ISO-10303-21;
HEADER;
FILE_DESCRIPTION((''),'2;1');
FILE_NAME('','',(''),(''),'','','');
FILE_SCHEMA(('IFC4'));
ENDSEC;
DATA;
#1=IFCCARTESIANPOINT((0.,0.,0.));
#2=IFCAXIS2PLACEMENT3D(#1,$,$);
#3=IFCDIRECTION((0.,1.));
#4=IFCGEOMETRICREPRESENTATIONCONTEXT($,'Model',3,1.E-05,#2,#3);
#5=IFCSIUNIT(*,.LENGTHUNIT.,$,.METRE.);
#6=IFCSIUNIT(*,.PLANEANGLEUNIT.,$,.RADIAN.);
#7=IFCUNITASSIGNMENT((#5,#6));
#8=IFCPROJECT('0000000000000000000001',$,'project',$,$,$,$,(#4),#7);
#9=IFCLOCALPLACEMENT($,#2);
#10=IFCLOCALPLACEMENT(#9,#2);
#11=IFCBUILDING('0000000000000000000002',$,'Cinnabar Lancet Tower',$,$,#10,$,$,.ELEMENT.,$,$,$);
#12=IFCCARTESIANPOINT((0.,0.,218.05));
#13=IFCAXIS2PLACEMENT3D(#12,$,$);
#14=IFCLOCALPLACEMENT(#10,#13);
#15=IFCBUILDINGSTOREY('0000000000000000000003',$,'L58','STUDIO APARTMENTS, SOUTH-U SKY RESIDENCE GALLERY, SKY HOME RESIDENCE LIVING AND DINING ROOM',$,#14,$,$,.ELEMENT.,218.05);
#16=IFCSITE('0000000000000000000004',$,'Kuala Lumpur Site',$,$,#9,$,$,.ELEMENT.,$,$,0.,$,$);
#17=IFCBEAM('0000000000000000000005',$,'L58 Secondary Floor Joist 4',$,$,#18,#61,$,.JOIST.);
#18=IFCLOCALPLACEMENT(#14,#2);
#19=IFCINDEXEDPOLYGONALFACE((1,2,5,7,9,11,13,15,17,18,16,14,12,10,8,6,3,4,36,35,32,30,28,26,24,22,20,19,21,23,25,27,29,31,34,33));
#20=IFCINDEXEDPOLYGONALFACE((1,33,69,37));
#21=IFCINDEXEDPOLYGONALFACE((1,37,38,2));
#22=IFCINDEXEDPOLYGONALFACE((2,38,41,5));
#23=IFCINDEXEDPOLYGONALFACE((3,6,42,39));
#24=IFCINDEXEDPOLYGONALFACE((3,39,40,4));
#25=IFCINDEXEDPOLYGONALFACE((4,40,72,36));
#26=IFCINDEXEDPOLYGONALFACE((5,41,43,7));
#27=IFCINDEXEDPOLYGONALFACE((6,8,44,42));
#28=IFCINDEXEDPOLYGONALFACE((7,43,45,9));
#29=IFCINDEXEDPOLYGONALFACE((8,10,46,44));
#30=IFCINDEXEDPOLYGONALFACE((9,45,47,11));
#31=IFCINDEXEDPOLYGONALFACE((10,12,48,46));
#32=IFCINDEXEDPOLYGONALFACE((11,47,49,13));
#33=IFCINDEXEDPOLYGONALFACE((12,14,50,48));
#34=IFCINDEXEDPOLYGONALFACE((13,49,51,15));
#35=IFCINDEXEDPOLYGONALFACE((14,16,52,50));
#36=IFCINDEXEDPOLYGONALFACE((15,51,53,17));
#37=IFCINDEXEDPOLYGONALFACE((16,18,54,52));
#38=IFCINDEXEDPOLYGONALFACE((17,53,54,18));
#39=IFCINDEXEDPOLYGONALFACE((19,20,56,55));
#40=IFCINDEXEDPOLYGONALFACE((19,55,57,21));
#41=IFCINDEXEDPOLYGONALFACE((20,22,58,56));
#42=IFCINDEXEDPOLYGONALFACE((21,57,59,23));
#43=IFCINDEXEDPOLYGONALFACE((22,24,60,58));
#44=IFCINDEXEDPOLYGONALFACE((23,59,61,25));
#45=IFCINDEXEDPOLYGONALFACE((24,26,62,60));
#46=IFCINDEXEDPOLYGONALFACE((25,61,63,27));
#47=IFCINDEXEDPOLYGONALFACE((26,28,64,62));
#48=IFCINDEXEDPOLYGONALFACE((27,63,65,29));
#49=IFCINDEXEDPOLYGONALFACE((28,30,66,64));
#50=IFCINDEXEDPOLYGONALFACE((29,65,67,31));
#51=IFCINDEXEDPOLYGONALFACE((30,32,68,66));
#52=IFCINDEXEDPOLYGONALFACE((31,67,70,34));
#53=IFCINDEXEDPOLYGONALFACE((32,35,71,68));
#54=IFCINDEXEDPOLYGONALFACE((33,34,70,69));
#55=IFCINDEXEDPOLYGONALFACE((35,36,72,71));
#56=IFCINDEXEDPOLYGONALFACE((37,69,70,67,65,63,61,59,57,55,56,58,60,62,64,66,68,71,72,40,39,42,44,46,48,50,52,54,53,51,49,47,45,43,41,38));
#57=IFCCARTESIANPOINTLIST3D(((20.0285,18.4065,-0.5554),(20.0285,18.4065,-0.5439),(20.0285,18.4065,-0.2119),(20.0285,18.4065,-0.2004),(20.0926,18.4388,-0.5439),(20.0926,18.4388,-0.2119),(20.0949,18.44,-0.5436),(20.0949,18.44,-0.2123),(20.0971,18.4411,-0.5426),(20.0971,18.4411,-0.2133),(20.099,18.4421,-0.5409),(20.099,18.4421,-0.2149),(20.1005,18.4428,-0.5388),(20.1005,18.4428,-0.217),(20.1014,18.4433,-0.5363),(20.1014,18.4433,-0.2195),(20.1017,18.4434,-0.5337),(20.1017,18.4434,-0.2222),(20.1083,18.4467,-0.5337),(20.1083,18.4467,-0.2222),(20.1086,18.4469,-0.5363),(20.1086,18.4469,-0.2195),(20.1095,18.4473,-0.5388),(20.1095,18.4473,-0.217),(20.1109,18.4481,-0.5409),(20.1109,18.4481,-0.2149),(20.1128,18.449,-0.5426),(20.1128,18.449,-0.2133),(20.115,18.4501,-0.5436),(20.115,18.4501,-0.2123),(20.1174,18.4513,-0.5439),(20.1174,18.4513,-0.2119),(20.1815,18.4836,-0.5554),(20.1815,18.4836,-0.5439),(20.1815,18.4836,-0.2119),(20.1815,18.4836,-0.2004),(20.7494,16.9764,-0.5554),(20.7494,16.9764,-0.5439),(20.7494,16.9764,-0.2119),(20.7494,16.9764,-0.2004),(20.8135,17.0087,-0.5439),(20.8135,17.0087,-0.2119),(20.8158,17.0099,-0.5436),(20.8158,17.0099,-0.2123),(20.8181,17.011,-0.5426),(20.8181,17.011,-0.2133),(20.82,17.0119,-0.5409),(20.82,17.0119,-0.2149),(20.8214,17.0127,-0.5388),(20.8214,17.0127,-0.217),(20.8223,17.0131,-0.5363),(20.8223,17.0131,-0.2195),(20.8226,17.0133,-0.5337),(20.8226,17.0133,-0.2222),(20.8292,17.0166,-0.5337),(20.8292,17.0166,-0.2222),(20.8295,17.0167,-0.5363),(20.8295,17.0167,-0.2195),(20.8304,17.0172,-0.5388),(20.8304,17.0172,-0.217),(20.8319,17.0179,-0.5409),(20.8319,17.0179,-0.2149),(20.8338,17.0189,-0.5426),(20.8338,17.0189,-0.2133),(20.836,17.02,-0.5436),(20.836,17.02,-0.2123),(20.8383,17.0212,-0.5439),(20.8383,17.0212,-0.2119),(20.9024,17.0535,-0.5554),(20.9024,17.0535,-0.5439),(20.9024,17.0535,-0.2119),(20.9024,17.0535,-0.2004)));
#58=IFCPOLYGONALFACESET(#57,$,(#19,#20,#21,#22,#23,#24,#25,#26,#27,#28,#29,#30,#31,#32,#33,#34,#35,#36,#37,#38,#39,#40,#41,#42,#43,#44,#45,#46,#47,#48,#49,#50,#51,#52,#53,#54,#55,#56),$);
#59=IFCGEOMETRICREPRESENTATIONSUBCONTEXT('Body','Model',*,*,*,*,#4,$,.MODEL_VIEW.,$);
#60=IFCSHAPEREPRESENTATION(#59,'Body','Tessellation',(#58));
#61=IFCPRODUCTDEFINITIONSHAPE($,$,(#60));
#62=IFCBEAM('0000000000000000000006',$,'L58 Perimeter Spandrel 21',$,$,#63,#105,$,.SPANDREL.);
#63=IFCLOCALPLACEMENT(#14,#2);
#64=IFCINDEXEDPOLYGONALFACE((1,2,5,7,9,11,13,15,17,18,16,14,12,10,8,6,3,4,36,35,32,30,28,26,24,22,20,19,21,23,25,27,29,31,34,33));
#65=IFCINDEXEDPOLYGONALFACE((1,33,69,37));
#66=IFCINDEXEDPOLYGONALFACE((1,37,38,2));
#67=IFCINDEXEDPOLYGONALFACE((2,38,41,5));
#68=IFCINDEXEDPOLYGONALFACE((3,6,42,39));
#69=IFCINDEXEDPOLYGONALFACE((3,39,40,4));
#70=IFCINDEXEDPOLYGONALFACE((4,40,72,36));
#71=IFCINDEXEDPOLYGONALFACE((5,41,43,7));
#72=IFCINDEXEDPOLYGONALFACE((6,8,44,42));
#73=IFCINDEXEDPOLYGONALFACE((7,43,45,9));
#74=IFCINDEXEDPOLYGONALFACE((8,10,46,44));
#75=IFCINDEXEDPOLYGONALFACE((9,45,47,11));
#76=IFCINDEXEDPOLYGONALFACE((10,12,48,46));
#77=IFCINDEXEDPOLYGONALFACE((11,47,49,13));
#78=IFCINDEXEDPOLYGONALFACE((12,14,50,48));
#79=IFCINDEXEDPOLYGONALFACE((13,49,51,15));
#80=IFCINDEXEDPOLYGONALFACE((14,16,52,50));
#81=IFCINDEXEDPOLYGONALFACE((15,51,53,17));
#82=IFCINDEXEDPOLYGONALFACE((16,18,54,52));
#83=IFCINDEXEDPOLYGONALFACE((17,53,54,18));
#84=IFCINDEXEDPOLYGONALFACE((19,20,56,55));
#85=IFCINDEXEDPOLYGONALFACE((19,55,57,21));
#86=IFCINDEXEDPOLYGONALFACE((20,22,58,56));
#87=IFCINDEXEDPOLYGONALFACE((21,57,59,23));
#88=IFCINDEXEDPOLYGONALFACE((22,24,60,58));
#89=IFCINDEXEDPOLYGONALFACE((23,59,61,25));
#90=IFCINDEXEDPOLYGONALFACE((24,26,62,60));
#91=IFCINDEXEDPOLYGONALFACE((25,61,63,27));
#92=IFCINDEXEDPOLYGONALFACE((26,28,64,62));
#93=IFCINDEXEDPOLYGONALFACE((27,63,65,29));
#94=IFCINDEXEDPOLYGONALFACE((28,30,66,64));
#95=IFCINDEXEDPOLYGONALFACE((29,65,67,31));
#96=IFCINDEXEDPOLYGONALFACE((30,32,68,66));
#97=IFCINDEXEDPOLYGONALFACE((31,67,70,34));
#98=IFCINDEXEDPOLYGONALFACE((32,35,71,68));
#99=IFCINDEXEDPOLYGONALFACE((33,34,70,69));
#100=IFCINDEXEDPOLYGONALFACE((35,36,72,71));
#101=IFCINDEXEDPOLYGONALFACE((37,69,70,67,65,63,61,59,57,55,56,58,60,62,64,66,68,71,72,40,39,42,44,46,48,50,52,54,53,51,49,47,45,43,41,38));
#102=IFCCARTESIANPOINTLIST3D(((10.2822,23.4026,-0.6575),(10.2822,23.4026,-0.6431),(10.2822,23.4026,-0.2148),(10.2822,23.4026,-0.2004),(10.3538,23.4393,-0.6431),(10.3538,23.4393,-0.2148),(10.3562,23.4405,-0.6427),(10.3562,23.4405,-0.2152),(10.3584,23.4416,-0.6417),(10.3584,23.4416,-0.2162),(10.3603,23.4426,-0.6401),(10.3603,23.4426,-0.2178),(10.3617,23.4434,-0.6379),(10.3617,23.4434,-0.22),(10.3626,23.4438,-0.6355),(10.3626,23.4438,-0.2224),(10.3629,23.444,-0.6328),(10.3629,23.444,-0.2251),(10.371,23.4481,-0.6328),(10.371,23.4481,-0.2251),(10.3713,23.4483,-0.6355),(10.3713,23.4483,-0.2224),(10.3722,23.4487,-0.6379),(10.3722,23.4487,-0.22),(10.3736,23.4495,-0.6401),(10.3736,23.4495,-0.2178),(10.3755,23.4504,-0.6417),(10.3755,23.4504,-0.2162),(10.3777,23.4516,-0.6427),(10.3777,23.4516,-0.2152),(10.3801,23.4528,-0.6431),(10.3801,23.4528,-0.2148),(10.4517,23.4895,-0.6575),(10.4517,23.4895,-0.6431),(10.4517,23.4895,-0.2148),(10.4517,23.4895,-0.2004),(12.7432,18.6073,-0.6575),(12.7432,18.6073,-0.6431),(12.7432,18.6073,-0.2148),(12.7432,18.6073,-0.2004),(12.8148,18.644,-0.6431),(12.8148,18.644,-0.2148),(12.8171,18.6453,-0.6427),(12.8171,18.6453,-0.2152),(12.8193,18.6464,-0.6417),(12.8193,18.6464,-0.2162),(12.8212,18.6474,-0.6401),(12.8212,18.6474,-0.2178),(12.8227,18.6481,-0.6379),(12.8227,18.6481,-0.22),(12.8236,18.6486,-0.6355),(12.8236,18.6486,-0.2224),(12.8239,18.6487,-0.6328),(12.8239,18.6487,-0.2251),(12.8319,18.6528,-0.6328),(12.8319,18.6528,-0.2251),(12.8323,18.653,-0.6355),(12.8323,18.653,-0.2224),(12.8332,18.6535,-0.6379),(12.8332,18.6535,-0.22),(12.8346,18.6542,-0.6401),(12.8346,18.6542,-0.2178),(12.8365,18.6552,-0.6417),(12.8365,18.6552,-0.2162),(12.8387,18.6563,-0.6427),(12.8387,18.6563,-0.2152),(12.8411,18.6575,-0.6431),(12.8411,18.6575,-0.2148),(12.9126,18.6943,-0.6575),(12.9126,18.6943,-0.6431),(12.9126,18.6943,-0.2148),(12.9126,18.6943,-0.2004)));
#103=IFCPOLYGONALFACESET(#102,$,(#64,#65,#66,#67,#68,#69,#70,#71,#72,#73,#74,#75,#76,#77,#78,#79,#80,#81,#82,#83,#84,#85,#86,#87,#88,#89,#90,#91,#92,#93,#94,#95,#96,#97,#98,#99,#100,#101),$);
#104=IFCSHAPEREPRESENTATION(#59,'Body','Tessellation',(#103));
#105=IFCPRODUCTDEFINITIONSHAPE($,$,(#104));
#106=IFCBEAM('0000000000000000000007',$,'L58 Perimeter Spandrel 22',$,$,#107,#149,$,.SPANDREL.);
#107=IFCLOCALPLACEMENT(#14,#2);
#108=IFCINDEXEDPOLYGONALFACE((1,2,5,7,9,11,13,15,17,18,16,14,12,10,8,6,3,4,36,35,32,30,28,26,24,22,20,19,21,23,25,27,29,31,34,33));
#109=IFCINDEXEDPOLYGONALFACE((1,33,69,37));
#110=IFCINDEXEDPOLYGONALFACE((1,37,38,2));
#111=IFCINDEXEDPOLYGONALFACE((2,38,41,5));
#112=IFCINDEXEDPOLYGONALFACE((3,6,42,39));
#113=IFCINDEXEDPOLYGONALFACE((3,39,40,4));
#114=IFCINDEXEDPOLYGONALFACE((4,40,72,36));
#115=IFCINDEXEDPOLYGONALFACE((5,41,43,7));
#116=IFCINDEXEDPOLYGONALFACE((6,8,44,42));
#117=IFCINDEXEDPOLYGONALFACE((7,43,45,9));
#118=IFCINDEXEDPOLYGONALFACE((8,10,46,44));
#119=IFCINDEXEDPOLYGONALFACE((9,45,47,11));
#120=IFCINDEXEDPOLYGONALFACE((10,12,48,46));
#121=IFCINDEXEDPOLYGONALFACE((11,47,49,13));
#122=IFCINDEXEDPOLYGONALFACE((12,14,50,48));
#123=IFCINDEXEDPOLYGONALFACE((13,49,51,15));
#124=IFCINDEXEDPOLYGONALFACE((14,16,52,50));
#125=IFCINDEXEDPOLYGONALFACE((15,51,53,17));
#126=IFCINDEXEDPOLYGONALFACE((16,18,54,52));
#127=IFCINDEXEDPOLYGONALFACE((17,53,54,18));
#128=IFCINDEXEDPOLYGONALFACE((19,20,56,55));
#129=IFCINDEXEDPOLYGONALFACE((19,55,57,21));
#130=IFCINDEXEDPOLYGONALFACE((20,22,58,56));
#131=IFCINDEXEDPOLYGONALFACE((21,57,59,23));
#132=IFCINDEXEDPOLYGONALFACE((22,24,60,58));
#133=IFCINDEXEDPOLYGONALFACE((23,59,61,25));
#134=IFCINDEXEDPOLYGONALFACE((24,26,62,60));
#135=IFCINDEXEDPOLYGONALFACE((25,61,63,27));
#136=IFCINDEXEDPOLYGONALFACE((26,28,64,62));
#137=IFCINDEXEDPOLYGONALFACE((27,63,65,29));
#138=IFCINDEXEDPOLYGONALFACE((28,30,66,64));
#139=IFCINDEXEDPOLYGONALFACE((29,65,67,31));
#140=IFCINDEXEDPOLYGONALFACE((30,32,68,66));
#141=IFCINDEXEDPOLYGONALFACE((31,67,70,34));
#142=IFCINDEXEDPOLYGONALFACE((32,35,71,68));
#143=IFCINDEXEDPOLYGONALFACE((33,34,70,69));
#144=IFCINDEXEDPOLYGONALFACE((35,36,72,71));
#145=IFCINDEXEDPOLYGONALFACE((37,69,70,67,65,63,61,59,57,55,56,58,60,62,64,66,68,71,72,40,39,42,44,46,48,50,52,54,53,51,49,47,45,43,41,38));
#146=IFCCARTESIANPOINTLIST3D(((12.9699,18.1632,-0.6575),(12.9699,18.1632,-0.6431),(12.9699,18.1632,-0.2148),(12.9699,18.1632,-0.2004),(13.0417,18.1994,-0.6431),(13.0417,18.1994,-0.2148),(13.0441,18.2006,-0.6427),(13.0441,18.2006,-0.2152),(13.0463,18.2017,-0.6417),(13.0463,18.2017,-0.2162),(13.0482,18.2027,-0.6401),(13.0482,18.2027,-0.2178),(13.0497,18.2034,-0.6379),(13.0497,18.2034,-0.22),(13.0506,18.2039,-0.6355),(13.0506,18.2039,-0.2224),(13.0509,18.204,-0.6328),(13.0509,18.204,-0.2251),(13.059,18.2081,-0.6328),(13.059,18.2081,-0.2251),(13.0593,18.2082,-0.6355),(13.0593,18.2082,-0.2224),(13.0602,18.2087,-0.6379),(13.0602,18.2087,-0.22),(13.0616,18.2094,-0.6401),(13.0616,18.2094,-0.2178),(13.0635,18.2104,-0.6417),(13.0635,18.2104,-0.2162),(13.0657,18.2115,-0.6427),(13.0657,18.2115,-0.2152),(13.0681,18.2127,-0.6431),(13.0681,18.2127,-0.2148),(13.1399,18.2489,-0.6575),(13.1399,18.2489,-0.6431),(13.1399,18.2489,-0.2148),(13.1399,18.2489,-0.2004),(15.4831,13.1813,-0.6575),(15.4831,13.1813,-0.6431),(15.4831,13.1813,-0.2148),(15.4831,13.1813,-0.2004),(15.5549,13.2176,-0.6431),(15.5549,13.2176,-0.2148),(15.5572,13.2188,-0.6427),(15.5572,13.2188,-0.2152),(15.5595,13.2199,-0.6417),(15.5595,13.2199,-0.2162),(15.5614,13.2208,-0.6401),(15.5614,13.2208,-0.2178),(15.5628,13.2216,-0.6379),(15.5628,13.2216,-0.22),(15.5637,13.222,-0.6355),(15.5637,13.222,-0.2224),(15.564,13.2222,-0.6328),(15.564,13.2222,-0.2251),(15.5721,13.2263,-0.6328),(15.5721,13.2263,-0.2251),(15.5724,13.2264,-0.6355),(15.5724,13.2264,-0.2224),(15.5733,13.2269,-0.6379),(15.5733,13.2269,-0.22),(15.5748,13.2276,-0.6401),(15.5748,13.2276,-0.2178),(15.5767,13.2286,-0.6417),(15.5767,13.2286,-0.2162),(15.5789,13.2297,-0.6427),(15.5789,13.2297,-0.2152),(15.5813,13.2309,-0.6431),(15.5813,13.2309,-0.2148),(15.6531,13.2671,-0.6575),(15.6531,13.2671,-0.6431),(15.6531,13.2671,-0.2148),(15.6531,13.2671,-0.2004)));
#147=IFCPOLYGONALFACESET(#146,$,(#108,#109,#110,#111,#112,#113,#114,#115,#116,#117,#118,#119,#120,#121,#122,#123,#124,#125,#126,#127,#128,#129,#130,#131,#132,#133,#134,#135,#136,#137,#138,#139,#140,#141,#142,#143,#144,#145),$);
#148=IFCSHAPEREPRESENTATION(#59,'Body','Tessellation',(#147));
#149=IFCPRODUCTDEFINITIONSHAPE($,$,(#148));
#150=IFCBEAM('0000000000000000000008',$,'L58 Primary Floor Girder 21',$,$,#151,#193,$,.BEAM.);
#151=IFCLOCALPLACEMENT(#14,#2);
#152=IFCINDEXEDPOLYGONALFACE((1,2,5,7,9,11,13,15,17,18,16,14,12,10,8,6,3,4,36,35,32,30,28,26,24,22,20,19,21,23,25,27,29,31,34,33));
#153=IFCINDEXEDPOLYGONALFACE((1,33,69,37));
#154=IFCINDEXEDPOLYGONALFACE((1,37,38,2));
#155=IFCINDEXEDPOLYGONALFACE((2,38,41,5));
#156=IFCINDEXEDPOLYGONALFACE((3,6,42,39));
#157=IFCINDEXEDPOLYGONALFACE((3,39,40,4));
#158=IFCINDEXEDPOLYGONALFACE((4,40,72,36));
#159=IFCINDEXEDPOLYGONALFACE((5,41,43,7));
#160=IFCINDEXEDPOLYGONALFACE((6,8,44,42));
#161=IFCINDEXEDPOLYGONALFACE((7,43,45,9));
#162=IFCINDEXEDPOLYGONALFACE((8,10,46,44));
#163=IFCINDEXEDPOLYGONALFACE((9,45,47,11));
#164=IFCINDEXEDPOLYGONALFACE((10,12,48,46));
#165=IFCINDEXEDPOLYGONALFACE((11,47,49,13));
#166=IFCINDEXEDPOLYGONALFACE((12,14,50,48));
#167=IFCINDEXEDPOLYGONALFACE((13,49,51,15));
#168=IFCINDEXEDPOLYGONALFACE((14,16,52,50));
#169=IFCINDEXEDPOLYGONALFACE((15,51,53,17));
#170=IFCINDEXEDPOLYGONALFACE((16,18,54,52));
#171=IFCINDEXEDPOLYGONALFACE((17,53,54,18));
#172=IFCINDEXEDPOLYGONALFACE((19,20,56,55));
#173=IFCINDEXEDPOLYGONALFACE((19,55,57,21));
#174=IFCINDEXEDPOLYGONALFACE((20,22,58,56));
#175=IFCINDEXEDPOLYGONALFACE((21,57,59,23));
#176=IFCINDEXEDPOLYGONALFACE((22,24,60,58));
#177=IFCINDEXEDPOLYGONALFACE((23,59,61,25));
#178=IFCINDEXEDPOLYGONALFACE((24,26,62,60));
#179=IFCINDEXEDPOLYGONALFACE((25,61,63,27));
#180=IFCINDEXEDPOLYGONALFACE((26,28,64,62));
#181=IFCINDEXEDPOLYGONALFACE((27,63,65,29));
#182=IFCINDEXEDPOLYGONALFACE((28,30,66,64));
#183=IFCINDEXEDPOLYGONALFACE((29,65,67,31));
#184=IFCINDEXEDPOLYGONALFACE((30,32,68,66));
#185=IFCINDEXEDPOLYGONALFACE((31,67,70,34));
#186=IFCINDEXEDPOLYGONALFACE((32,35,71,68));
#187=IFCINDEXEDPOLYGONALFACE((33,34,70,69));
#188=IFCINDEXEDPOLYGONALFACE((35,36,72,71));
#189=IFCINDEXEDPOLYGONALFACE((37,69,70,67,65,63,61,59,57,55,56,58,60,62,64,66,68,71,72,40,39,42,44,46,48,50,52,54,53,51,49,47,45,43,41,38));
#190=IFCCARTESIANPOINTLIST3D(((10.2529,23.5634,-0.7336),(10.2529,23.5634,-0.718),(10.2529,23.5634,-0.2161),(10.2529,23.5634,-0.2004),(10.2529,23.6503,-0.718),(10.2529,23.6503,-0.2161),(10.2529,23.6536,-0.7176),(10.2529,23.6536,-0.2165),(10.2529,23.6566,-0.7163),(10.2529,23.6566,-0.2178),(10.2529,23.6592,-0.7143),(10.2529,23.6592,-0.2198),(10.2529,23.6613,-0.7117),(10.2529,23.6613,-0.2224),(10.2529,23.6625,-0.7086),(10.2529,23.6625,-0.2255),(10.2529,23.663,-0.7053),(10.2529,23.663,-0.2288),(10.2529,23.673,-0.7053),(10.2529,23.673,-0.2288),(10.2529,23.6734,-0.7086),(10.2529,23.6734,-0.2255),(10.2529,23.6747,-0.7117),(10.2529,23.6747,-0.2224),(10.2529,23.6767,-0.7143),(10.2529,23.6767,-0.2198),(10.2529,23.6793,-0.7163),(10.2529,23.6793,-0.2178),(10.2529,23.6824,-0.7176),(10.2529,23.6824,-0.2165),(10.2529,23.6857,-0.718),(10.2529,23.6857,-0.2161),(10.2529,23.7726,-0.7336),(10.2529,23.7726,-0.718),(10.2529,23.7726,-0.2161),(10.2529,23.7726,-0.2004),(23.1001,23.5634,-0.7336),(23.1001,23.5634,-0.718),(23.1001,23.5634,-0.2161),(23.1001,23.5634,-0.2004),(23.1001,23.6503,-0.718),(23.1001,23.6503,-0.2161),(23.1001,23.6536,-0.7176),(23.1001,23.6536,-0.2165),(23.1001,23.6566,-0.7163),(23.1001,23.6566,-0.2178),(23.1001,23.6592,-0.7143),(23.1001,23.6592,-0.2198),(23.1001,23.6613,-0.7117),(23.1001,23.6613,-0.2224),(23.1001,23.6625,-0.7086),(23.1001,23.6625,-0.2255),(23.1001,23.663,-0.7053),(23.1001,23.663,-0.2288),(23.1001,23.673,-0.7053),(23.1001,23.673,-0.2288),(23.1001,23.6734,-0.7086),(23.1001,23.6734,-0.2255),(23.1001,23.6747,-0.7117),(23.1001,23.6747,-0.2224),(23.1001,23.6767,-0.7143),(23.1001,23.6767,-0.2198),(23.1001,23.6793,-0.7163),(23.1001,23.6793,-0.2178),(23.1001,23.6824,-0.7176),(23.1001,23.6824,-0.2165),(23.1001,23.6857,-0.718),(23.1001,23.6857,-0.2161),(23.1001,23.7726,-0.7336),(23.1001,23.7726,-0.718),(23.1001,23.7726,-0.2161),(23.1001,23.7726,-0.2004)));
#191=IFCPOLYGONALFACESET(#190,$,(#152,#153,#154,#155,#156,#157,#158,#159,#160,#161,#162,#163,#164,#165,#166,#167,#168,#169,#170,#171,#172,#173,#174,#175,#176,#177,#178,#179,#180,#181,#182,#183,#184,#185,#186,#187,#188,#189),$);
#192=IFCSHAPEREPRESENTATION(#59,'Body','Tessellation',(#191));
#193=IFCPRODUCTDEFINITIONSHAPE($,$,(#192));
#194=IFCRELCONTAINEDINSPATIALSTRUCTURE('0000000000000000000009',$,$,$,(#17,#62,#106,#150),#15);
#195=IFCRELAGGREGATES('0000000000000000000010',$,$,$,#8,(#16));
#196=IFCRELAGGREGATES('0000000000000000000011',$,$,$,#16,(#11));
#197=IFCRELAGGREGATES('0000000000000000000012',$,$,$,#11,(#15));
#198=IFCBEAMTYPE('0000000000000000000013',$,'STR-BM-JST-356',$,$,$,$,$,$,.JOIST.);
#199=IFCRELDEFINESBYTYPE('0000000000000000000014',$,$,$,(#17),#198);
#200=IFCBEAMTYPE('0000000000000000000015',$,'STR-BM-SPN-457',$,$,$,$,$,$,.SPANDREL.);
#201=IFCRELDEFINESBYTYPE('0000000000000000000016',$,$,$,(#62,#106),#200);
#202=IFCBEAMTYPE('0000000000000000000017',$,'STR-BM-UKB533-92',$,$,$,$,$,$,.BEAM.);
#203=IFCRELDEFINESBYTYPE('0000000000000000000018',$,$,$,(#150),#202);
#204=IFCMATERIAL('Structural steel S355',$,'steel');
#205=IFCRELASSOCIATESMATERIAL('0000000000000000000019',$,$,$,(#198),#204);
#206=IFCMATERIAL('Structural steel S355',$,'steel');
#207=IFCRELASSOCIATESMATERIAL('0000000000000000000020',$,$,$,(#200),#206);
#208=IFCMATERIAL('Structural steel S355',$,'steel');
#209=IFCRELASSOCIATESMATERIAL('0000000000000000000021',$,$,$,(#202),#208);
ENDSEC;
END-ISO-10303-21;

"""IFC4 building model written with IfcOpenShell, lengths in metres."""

from ifc_helpers import new_model, si_unit, direction, frame, origin, origin_2d, place, context, subcontext, project, spatial, i_section, extrude, material, material_profile, profile_set, type_object, element, save


model = new_model("IFC4")

# Units and contexts
model_context = context("Model", 3, precision=1e-05, world=origin(), true_north=direction((0.0, 1.0)))
body_context = subcontext(model_context, "Body", "Model", "MODEL_VIEW")
ifc_project = project(units=[si_unit("LENGTHUNIT", "METRE"), si_unit("PLANEANGLEUNIT", "RADIAN")], contexts=[model_context])

# Site, building, storey
site_placement = place(None, origin())
site = spatial("IfcSite", under=ifc_project, at=site_placement, Name="Kuala Lumpur Site", CompositionType="ELEMENT", RefElevation=0.0)
building_placement = place(site_placement, origin())
building = spatial("IfcBuilding", under=site, at=building_placement, Name="Cinnabar Lancet Tower", CompositionType="ELEMENT")
storey_placement = place(building_placement, frame((0.0, 0.0, 218.05)))
storey = spatial("IfcBuildingStorey", under=building, at=storey_placement, Name="L58", Description="STUDIO APARTMENTS, SOUTH-U SKY RESIDENCE GALLERY, SKY HOME RESIDENCE LIVING AND DINING ROOM", CompositionType="ELEMENT", Elevation=218.05)

# Beams
ifc_material_1 = material(Name="Structural steel S355", Category="steel")
ifc_material_profile_1 = material_profile(ifc_material_1, i_section(OverallWidth=0.1714, OverallDepth=0.355, WebThickness=0.0073, FlangeThickness=0.0115, FilletRadius=0.0103, at=origin_2d()), Name="UKB 356x171x51")
ifc_profile_set_1 = profile_set([ifc_material_profile_1], Name="Structural steel S355")
beam_type_1 = type_object("IfcBeamType", Name="STR-BM-JST-356", PredefinedType="JOIST", material=ifc_profile_set_1)
beam_1_placement = place(storey_placement, frame((20.105, 18.4451, -0.3779), z_axis=(0.450138, -0.892959, 0.0), x_axis=(0.892959, 0.450138, 0.0)))
element("IfcBeam", 1, at=beam_1_placement, inside=storey, type_object=beam_type_1, Name="L58 Secondary Floor Joist 4", PredefinedType="JOIST", context=body_context, shape_type="SweptSolid", body=[
    extrude(i_section(OverallWidth=0.1714, OverallDepth=0.355, WebThickness=0.0073, FlangeThickness=0.0115, FilletRadius=0.0103, at=origin_2d()), origin(), (0.0, 0.0, 1.0), 1.6016),
])
ifc_material_2 = material(Name="Structural steel S355", Category="steel")
ifc_material_profile_2 = material_profile(ifc_material_2, i_section(OverallWidth=0.1904, OverallDepth=0.457, WebThickness=0.009, FlangeThickness=0.0144, FilletRadius=0.0103, at=origin_2d()), Name="UKB 457x191x74")
ifc_profile_set_2 = profile_set([ifc_material_profile_2], Name="Structural steel S355")
beam_type_2 = type_object("IfcBeamType", Name="STR-BM-SPN-457", PredefinedType="SPANDREL", material=ifc_profile_set_2)
beam_2_placement = place(storey_placement, frame((10.3669, 23.446, -0.429), z_axis=(0.456593, -0.889676, 0.0), x_axis=(0.889676, 0.456593, 0.0)))
element("IfcBeam", 2, at=beam_2_placement, inside=storey, type_object=beam_type_2, Name="L58 Perimeter Spandrel 21", PredefinedType="SPANDREL", context=body_context, shape_type="SweptSolid", body=[
    extrude(i_section(OverallWidth=0.1904, OverallDepth=0.457, WebThickness=0.009, FlangeThickness=0.0144, FilletRadius=0.0103, at=origin_2d()), origin(), (0.0, 0.0, 1.0), 5.3899),
])
beam_3_placement = place(storey_placement, frame((13.0549, 18.2061, -0.429), z_axis=(0.450396, -0.892829, 0.0), x_axis=(0.892829, 0.450396, 0.0)))
element("IfcBeam", 3, at=beam_3_placement, inside=storey, type_object=beam_type_2, Name="L58 Perimeter Spandrel 22", PredefinedType="SPANDREL", context=body_context, shape_type="SweptSolid", body=[
    extrude(i_section(OverallWidth=0.1904, OverallDepth=0.457, WebThickness=0.009, FlangeThickness=0.0144, FilletRadius=0.0103, at=origin_2d()), origin(), (0.0, 0.0, 1.0), 5.5798),
])
ifc_material_3 = material(Name="Structural steel S355", Category="steel")
ifc_material_profile_3 = material_profile(ifc_material_3, i_section(OverallWidth=0.2092, OverallDepth=0.5332, WebThickness=0.01, FlangeThickness=0.0156, FilletRadius=0.0127, at=origin_2d()), Name="UKB 533x210x92")
ifc_profile_set_3 = profile_set([ifc_material_profile_3], Name="Structural steel S355")
beam_type_3 = type_object("IfcBeamType", Name="STR-BM-UKB533-92", PredefinedType="BEAM", material=ifc_profile_set_3)
beam_4_placement = place(storey_placement, frame((10.2529, 23.668, -0.467), z_axis=(1.0, 0.0, 0.0), x_axis=(0.0, 1.0, 0.0)))
element("IfcBeam", 4, at=beam_4_placement, inside=storey, type_object=beam_type_3, Name="L58 Primary Floor Girder 21", PredefinedType="BEAM", context=body_context, shape_type="SweptSolid", body=[
    extrude(i_section(OverallWidth=0.2092, OverallDepth=0.5332, WebThickness=0.01, FlangeThickness=0.0156, FilletRadius=0.0127, at=origin_2d()), origin(), (0.0, 0.0, 1.0), 12.8472),
])

save(model, "model.ifc")
